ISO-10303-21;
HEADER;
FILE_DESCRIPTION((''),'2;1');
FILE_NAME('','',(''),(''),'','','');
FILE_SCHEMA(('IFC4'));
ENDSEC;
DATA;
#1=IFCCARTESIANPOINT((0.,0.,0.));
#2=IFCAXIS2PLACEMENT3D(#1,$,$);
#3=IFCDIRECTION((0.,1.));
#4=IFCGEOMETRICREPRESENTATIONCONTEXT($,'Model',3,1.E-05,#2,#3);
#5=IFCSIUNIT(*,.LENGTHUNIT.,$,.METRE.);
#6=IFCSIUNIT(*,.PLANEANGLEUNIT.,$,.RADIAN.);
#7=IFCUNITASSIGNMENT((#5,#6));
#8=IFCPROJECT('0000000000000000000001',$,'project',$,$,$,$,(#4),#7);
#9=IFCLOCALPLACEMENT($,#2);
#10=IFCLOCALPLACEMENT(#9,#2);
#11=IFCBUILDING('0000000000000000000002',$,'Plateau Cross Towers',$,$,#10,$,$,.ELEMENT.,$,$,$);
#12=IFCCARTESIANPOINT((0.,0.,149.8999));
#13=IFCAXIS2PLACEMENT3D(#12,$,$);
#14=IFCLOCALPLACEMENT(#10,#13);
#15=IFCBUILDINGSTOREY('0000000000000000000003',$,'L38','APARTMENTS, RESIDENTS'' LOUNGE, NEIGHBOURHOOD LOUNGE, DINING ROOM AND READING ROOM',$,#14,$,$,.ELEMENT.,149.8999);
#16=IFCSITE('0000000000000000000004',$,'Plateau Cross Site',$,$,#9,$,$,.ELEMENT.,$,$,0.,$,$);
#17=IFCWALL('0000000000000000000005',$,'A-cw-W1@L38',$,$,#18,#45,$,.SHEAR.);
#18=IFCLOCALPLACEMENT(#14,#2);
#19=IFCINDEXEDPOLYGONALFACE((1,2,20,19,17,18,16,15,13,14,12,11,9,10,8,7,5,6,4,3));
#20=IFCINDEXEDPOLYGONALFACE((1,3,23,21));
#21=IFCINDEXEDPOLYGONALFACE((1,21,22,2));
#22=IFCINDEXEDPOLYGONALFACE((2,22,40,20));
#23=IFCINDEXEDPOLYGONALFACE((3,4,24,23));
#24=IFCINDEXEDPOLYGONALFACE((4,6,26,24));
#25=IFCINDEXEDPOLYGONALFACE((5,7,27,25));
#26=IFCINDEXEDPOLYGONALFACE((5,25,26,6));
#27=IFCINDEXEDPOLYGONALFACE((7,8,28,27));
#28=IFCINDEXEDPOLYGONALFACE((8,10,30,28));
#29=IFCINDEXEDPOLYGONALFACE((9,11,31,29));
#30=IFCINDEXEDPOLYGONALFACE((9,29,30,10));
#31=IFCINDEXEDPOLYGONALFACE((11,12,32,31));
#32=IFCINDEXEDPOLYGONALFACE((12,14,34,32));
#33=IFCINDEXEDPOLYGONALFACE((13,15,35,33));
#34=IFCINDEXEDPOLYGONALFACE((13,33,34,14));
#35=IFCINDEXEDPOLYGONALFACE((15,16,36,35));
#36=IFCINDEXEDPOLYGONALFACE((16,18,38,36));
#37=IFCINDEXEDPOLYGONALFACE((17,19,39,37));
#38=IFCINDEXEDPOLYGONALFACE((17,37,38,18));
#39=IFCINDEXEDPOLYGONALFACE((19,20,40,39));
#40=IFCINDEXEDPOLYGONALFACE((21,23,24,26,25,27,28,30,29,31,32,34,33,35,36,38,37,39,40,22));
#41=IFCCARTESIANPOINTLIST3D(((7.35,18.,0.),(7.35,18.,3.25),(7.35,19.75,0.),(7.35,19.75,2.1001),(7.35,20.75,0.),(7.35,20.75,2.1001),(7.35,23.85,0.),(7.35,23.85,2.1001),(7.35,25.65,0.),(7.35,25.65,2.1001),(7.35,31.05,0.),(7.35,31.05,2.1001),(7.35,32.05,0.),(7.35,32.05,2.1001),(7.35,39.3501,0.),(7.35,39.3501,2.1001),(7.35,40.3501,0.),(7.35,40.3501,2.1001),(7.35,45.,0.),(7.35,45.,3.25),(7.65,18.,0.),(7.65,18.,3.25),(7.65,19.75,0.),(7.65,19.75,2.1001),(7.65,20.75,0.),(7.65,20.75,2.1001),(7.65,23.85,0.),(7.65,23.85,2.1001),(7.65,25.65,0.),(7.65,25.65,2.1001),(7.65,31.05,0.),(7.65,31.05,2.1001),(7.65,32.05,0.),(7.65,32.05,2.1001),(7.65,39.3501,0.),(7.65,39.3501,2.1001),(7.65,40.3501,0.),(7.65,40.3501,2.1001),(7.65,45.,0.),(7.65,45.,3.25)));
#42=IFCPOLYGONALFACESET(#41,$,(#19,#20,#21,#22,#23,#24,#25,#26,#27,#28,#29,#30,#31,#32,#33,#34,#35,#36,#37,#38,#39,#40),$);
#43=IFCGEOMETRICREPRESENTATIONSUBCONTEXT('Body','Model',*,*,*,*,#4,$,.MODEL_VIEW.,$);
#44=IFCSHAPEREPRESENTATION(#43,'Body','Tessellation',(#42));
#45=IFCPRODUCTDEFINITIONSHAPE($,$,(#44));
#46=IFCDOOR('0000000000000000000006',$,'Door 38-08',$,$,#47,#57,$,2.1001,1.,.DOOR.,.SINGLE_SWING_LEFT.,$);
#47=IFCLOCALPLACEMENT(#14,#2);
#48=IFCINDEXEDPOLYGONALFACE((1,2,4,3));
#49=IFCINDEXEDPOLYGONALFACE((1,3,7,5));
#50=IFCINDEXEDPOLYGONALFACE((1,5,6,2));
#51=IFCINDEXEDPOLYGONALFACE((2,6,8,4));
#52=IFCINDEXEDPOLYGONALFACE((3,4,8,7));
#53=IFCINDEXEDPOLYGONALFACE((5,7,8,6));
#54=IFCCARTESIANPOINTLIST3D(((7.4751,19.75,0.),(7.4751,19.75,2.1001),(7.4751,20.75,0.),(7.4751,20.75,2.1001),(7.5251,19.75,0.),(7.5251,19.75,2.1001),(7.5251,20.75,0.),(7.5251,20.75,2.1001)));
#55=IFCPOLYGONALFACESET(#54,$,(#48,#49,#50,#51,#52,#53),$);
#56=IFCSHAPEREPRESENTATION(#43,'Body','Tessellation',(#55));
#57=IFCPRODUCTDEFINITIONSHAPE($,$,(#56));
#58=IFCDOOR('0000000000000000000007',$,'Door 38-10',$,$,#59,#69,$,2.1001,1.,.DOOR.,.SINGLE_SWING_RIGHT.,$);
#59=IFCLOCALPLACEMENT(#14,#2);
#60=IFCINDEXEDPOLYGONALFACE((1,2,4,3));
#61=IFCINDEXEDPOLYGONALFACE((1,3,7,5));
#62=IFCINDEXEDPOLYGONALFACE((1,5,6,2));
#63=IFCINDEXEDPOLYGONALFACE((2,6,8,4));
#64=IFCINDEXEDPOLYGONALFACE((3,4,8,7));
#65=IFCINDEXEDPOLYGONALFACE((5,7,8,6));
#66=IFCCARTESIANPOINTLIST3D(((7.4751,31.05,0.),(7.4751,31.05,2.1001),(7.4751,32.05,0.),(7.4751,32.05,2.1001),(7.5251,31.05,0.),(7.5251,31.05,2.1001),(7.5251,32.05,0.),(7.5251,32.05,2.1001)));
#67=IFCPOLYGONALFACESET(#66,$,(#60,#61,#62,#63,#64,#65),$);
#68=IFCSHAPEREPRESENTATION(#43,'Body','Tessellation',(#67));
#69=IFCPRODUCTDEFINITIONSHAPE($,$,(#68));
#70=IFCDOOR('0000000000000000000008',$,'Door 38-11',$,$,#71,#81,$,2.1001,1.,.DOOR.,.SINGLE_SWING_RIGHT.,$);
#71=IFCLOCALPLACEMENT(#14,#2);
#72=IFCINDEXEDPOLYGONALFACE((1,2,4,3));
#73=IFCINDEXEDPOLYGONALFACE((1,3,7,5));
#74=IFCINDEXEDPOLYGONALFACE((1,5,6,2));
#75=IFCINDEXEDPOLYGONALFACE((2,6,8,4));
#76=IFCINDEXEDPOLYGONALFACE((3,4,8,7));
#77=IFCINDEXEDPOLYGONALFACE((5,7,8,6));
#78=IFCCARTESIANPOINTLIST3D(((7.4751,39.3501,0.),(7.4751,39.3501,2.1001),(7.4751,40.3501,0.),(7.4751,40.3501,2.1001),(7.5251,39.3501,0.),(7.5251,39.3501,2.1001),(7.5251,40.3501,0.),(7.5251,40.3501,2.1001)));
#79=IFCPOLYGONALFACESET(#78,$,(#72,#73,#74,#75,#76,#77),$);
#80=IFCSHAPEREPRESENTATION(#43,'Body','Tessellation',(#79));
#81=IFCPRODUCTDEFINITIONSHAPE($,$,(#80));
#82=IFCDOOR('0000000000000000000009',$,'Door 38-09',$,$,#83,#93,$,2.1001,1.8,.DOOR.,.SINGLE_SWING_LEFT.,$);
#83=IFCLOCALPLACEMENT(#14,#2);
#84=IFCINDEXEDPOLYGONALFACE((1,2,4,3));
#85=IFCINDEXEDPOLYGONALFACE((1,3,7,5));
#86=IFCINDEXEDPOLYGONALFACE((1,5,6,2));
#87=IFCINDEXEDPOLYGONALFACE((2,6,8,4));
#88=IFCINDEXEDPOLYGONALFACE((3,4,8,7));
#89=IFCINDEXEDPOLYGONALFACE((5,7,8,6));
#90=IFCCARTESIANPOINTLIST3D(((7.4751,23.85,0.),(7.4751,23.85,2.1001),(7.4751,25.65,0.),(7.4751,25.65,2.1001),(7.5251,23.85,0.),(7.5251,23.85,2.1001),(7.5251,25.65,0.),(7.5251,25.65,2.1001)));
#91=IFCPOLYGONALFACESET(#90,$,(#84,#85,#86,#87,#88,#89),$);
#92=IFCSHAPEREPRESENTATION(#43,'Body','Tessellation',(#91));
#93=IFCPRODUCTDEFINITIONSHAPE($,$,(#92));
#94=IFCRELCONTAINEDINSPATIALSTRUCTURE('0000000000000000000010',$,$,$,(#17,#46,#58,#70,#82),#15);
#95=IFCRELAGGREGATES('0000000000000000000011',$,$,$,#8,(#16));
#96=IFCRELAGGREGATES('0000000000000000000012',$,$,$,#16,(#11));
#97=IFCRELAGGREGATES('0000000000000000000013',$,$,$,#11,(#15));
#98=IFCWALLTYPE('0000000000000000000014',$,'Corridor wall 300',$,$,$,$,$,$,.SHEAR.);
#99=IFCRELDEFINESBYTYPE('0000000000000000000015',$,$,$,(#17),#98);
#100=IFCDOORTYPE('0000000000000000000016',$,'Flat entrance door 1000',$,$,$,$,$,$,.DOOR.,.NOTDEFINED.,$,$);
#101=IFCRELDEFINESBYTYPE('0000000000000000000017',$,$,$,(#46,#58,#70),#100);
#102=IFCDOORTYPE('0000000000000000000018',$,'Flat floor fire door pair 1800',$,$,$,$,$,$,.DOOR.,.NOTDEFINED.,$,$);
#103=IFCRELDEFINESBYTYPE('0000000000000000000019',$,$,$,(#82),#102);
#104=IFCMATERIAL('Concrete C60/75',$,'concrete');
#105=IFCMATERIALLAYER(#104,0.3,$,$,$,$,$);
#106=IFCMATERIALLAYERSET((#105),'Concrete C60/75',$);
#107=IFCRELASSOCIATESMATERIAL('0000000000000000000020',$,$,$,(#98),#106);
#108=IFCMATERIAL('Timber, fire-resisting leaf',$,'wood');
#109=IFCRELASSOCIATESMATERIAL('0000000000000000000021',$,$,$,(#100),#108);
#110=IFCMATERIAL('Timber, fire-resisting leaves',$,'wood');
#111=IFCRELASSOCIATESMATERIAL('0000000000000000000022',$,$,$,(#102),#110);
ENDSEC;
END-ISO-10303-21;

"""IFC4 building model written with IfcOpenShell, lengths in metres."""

from ifc_helpers import new_model, si_unit, direction, frame, frame_2d, origin, place, context, subcontext, project, spatial, rectangle, extrude, material, layer, layer_set, type_object, element, fill, save


model = new_model("IFC4")

# Units and contexts
model_context = context("Model", 3, precision=1e-05, world=origin(), true_north=direction((0.0, 1.0)))
body_context = subcontext(model_context, "Body", "Model", "MODEL_VIEW")
ifc_project = project(units=[si_unit("LENGTHUNIT", "METRE"), si_unit("PLANEANGLEUNIT", "RADIAN")], contexts=[model_context])

# Site, building, storey
site_placement = place(None, origin())
site = spatial("IfcSite", under=ifc_project, at=site_placement, Name="Plateau Cross Site", CompositionType="ELEMENT", RefElevation=0.0)
building_placement = place(site_placement, origin())
building = spatial("IfcBuilding", under=site, at=building_placement, Name="Plateau Cross Towers", CompositionType="ELEMENT")
storey_placement = place(building_placement, frame((0.0, 0.0, 149.8999)))
storey = spatial("IfcBuildingStorey", under=building, at=storey_placement, Name="L38", Description="APARTMENTS, RESIDENTS' LOUNGE, NEIGHBOURHOOD LOUNGE, DINING ROOM AND READING ROOM", CompositionType="ELEMENT", Elevation=149.8999)

# Shared definitions
ifc_material_1 = material(Name="Concrete C60/75", Category="concrete")

# Wall, openings, doors
ifc_layer_1 = layer(ifc_material_1, 0.3)
ifc_layer_set_1 = layer_set([ifc_layer_1], Name="Concrete C60/75")
wall_type_1 = type_object("IfcWallType", Name="Corridor wall 300", PredefinedType="SHEAR", material=ifc_layer_set_1)
wall_1_placement = place(storey_placement, frame((7.5, 18.0, 0.0), z_axis=(0.0, 0.0, 1.0), x_axis=(0.0, 1.0, 0.0)))
wall_1 = element("IfcWall", 1, at=wall_1_placement, inside=storey, type_object=wall_type_1, Name="A-cw-W1@L38", PredefinedType="SHEAR", context=body_context, shape_type="SweptSolid", body=[
    extrude(rectangle(XDim=27.0, YDim=0.3, at=frame_2d((13.5, 0.0))), origin(), (0.0, 0.0, 1.0), 3.25),
])
opening_1_placement = place(wall_1_placement, frame((1.75, 0.0, 0.0)))
opening_1 = element("IfcOpeningElement", 2, at=opening_1_placement, cuts=wall_1, PredefinedType="OPENING", context=body_context, shape_type="SweptSolid", body=[
    extrude(rectangle(XDim=1.0, YDim=2.1001, at=frame_2d((0.5, 1.05))), frame((0.0, 0.1599, 0.0), z_axis=(0.0, -1.0, 0.0), x_axis=(1.0, 0.0, 0.0)), (0.0, 0.0, 1.0), 0.3201),
])
opening_2_placement = place(wall_1_placement, frame((5.8501, 0.0, 0.0)))
opening_2 = element("IfcOpeningElement", 3, at=opening_2_placement, cuts=wall_1, PredefinedType="OPENING", context=body_context, shape_type="SweptSolid", body=[
    extrude(rectangle(XDim=1.8, YDim=2.1001, at=frame_2d((0.8999, 1.05))), frame((0.0, 0.1599, 0.0), z_axis=(0.0, -1.0, 0.0), x_axis=(1.0, 0.0, 0.0)), (0.0, 0.0, 1.0), 0.3201),
])
opening_3_placement = place(wall_1_placement, frame((13.05, 0.0, 0.0)))
opening_3 = element("IfcOpeningElement", 4, at=opening_3_placement, cuts=wall_1, PredefinedType="OPENING", context=body_context, shape_type="SweptSolid", body=[
    extrude(rectangle(XDim=1.0, YDim=2.1001, at=frame_2d((0.5, 1.05))), frame((0.0, 0.1599, 0.0), z_axis=(0.0, -1.0, 0.0), x_axis=(1.0, 0.0, 0.0)), (0.0, 0.0, 1.0), 0.3201),
])
opening_4_placement = place(wall_1_placement, frame((21.3501, 0.0, 0.0)))
opening_4 = element("IfcOpeningElement", 5, at=opening_4_placement, cuts=wall_1, PredefinedType="OPENING", context=body_context, shape_type="SweptSolid", body=[
    extrude(rectangle(XDim=1.0, YDim=2.1001, at=frame_2d((0.5, 1.05))), frame((0.0, 0.1599, 0.0), z_axis=(0.0, -1.0, 0.0), x_axis=(1.0, 0.0, 0.0)), (0.0, 0.0, 1.0), 0.3201),
])
ifc_material_2 = material(Name="Timber, fire-resisting leaf", Category="wood")
door_type_1 = type_object("IfcDoorType", Name="Flat entrance door 1000", OperationType="NOTDEFINED", PredefinedType="DOOR", material=ifc_material_2)
door_1_placement = place(opening_1_placement, origin())
door_1 = element("IfcDoor", 6, at=door_1_placement, inside=storey, type_object=door_type_1, Name="Door 38-08", OperationType="SINGLE_SWING_LEFT", OverallHeight=2.1001, OverallWidth=1.0, PredefinedType="DOOR", context=body_context, shape_type="SweptSolid", body=[
    extrude(rectangle(XDim=1.0, YDim=2.1001, at=frame_2d((0.5, 1.05))), frame((0.0, 0.0249, 0.0), z_axis=(0.0, -1.0, 0.0), x_axis=(1.0, 0.0, 0.0)), (0.0, 0.0, 1.0), 0.05),
])
fill(opening_1, door_1)
door_2_placement = place(opening_3_placement, origin())
door_2 = element("IfcDoor", 7, at=door_2_placement, inside=storey, type_object=door_type_1, Name="Door 38-10", OperationType="SINGLE_SWING_RIGHT", OverallHeight=2.1001, OverallWidth=1.0, PredefinedType="DOOR", context=body_context, shape_type="SweptSolid", body=[
    extrude(rectangle(XDim=1.0, YDim=2.1001, at=frame_2d((0.5, 1.05))), frame((0.0, 0.0249, 0.0), z_axis=(0.0, -1.0, 0.0), x_axis=(1.0, 0.0, 0.0)), (0.0, 0.0, 1.0), 0.05),
])
fill(opening_3, door_2)
door_3_placement = place(opening_4_placement, origin())
door_3 = element("IfcDoor", 8, at=door_3_placement, inside=storey, type_object=door_type_1, Name="Door 38-11", OperationType="SINGLE_SWING_RIGHT", OverallHeight=2.1001, OverallWidth=1.0, PredefinedType="DOOR", context=body_context, shape_type="SweptSolid", body=[
    extrude(rectangle(XDim=1.0, YDim=2.1001, at=frame_2d((0.5, 1.05))), frame((0.0, 0.0249, 0.0), z_axis=(0.0, -1.0, 0.0), x_axis=(1.0, 0.0, 0.0)), (0.0, 0.0, 1.0), 0.05),
])
fill(opening_4, door_3)
ifc_material_3 = material(Name="Timber, fire-resisting leaves", Category="wood")
door_type_2 = type_object("IfcDoorType", Name="Flat floor fire door pair 1800", OperationType="NOTDEFINED", PredefinedType="DOOR", material=ifc_material_3)
door_4_placement = place(opening_2_placement, origin())
door_4 = element("IfcDoor", 9, at=door_4_placement, inside=storey, type_object=door_type_2, Name="Door 38-09", OperationType="SINGLE_SWING_LEFT", OverallHeight=2.1001, OverallWidth=1.8, PredefinedType="DOOR", context=body_context, shape_type="SweptSolid", body=[
    extrude(rectangle(XDim=1.8, YDim=2.1001, at=frame_2d((0.8999, 1.05))), frame((0.0, 0.0249, 0.0), z_axis=(0.0, -1.0, 0.0), x_axis=(1.0, 0.0, 0.0)), (0.0, 0.0, 1.0), 0.05),
])
fill(opening_2, door_4)

save(model, "model.ifc")
